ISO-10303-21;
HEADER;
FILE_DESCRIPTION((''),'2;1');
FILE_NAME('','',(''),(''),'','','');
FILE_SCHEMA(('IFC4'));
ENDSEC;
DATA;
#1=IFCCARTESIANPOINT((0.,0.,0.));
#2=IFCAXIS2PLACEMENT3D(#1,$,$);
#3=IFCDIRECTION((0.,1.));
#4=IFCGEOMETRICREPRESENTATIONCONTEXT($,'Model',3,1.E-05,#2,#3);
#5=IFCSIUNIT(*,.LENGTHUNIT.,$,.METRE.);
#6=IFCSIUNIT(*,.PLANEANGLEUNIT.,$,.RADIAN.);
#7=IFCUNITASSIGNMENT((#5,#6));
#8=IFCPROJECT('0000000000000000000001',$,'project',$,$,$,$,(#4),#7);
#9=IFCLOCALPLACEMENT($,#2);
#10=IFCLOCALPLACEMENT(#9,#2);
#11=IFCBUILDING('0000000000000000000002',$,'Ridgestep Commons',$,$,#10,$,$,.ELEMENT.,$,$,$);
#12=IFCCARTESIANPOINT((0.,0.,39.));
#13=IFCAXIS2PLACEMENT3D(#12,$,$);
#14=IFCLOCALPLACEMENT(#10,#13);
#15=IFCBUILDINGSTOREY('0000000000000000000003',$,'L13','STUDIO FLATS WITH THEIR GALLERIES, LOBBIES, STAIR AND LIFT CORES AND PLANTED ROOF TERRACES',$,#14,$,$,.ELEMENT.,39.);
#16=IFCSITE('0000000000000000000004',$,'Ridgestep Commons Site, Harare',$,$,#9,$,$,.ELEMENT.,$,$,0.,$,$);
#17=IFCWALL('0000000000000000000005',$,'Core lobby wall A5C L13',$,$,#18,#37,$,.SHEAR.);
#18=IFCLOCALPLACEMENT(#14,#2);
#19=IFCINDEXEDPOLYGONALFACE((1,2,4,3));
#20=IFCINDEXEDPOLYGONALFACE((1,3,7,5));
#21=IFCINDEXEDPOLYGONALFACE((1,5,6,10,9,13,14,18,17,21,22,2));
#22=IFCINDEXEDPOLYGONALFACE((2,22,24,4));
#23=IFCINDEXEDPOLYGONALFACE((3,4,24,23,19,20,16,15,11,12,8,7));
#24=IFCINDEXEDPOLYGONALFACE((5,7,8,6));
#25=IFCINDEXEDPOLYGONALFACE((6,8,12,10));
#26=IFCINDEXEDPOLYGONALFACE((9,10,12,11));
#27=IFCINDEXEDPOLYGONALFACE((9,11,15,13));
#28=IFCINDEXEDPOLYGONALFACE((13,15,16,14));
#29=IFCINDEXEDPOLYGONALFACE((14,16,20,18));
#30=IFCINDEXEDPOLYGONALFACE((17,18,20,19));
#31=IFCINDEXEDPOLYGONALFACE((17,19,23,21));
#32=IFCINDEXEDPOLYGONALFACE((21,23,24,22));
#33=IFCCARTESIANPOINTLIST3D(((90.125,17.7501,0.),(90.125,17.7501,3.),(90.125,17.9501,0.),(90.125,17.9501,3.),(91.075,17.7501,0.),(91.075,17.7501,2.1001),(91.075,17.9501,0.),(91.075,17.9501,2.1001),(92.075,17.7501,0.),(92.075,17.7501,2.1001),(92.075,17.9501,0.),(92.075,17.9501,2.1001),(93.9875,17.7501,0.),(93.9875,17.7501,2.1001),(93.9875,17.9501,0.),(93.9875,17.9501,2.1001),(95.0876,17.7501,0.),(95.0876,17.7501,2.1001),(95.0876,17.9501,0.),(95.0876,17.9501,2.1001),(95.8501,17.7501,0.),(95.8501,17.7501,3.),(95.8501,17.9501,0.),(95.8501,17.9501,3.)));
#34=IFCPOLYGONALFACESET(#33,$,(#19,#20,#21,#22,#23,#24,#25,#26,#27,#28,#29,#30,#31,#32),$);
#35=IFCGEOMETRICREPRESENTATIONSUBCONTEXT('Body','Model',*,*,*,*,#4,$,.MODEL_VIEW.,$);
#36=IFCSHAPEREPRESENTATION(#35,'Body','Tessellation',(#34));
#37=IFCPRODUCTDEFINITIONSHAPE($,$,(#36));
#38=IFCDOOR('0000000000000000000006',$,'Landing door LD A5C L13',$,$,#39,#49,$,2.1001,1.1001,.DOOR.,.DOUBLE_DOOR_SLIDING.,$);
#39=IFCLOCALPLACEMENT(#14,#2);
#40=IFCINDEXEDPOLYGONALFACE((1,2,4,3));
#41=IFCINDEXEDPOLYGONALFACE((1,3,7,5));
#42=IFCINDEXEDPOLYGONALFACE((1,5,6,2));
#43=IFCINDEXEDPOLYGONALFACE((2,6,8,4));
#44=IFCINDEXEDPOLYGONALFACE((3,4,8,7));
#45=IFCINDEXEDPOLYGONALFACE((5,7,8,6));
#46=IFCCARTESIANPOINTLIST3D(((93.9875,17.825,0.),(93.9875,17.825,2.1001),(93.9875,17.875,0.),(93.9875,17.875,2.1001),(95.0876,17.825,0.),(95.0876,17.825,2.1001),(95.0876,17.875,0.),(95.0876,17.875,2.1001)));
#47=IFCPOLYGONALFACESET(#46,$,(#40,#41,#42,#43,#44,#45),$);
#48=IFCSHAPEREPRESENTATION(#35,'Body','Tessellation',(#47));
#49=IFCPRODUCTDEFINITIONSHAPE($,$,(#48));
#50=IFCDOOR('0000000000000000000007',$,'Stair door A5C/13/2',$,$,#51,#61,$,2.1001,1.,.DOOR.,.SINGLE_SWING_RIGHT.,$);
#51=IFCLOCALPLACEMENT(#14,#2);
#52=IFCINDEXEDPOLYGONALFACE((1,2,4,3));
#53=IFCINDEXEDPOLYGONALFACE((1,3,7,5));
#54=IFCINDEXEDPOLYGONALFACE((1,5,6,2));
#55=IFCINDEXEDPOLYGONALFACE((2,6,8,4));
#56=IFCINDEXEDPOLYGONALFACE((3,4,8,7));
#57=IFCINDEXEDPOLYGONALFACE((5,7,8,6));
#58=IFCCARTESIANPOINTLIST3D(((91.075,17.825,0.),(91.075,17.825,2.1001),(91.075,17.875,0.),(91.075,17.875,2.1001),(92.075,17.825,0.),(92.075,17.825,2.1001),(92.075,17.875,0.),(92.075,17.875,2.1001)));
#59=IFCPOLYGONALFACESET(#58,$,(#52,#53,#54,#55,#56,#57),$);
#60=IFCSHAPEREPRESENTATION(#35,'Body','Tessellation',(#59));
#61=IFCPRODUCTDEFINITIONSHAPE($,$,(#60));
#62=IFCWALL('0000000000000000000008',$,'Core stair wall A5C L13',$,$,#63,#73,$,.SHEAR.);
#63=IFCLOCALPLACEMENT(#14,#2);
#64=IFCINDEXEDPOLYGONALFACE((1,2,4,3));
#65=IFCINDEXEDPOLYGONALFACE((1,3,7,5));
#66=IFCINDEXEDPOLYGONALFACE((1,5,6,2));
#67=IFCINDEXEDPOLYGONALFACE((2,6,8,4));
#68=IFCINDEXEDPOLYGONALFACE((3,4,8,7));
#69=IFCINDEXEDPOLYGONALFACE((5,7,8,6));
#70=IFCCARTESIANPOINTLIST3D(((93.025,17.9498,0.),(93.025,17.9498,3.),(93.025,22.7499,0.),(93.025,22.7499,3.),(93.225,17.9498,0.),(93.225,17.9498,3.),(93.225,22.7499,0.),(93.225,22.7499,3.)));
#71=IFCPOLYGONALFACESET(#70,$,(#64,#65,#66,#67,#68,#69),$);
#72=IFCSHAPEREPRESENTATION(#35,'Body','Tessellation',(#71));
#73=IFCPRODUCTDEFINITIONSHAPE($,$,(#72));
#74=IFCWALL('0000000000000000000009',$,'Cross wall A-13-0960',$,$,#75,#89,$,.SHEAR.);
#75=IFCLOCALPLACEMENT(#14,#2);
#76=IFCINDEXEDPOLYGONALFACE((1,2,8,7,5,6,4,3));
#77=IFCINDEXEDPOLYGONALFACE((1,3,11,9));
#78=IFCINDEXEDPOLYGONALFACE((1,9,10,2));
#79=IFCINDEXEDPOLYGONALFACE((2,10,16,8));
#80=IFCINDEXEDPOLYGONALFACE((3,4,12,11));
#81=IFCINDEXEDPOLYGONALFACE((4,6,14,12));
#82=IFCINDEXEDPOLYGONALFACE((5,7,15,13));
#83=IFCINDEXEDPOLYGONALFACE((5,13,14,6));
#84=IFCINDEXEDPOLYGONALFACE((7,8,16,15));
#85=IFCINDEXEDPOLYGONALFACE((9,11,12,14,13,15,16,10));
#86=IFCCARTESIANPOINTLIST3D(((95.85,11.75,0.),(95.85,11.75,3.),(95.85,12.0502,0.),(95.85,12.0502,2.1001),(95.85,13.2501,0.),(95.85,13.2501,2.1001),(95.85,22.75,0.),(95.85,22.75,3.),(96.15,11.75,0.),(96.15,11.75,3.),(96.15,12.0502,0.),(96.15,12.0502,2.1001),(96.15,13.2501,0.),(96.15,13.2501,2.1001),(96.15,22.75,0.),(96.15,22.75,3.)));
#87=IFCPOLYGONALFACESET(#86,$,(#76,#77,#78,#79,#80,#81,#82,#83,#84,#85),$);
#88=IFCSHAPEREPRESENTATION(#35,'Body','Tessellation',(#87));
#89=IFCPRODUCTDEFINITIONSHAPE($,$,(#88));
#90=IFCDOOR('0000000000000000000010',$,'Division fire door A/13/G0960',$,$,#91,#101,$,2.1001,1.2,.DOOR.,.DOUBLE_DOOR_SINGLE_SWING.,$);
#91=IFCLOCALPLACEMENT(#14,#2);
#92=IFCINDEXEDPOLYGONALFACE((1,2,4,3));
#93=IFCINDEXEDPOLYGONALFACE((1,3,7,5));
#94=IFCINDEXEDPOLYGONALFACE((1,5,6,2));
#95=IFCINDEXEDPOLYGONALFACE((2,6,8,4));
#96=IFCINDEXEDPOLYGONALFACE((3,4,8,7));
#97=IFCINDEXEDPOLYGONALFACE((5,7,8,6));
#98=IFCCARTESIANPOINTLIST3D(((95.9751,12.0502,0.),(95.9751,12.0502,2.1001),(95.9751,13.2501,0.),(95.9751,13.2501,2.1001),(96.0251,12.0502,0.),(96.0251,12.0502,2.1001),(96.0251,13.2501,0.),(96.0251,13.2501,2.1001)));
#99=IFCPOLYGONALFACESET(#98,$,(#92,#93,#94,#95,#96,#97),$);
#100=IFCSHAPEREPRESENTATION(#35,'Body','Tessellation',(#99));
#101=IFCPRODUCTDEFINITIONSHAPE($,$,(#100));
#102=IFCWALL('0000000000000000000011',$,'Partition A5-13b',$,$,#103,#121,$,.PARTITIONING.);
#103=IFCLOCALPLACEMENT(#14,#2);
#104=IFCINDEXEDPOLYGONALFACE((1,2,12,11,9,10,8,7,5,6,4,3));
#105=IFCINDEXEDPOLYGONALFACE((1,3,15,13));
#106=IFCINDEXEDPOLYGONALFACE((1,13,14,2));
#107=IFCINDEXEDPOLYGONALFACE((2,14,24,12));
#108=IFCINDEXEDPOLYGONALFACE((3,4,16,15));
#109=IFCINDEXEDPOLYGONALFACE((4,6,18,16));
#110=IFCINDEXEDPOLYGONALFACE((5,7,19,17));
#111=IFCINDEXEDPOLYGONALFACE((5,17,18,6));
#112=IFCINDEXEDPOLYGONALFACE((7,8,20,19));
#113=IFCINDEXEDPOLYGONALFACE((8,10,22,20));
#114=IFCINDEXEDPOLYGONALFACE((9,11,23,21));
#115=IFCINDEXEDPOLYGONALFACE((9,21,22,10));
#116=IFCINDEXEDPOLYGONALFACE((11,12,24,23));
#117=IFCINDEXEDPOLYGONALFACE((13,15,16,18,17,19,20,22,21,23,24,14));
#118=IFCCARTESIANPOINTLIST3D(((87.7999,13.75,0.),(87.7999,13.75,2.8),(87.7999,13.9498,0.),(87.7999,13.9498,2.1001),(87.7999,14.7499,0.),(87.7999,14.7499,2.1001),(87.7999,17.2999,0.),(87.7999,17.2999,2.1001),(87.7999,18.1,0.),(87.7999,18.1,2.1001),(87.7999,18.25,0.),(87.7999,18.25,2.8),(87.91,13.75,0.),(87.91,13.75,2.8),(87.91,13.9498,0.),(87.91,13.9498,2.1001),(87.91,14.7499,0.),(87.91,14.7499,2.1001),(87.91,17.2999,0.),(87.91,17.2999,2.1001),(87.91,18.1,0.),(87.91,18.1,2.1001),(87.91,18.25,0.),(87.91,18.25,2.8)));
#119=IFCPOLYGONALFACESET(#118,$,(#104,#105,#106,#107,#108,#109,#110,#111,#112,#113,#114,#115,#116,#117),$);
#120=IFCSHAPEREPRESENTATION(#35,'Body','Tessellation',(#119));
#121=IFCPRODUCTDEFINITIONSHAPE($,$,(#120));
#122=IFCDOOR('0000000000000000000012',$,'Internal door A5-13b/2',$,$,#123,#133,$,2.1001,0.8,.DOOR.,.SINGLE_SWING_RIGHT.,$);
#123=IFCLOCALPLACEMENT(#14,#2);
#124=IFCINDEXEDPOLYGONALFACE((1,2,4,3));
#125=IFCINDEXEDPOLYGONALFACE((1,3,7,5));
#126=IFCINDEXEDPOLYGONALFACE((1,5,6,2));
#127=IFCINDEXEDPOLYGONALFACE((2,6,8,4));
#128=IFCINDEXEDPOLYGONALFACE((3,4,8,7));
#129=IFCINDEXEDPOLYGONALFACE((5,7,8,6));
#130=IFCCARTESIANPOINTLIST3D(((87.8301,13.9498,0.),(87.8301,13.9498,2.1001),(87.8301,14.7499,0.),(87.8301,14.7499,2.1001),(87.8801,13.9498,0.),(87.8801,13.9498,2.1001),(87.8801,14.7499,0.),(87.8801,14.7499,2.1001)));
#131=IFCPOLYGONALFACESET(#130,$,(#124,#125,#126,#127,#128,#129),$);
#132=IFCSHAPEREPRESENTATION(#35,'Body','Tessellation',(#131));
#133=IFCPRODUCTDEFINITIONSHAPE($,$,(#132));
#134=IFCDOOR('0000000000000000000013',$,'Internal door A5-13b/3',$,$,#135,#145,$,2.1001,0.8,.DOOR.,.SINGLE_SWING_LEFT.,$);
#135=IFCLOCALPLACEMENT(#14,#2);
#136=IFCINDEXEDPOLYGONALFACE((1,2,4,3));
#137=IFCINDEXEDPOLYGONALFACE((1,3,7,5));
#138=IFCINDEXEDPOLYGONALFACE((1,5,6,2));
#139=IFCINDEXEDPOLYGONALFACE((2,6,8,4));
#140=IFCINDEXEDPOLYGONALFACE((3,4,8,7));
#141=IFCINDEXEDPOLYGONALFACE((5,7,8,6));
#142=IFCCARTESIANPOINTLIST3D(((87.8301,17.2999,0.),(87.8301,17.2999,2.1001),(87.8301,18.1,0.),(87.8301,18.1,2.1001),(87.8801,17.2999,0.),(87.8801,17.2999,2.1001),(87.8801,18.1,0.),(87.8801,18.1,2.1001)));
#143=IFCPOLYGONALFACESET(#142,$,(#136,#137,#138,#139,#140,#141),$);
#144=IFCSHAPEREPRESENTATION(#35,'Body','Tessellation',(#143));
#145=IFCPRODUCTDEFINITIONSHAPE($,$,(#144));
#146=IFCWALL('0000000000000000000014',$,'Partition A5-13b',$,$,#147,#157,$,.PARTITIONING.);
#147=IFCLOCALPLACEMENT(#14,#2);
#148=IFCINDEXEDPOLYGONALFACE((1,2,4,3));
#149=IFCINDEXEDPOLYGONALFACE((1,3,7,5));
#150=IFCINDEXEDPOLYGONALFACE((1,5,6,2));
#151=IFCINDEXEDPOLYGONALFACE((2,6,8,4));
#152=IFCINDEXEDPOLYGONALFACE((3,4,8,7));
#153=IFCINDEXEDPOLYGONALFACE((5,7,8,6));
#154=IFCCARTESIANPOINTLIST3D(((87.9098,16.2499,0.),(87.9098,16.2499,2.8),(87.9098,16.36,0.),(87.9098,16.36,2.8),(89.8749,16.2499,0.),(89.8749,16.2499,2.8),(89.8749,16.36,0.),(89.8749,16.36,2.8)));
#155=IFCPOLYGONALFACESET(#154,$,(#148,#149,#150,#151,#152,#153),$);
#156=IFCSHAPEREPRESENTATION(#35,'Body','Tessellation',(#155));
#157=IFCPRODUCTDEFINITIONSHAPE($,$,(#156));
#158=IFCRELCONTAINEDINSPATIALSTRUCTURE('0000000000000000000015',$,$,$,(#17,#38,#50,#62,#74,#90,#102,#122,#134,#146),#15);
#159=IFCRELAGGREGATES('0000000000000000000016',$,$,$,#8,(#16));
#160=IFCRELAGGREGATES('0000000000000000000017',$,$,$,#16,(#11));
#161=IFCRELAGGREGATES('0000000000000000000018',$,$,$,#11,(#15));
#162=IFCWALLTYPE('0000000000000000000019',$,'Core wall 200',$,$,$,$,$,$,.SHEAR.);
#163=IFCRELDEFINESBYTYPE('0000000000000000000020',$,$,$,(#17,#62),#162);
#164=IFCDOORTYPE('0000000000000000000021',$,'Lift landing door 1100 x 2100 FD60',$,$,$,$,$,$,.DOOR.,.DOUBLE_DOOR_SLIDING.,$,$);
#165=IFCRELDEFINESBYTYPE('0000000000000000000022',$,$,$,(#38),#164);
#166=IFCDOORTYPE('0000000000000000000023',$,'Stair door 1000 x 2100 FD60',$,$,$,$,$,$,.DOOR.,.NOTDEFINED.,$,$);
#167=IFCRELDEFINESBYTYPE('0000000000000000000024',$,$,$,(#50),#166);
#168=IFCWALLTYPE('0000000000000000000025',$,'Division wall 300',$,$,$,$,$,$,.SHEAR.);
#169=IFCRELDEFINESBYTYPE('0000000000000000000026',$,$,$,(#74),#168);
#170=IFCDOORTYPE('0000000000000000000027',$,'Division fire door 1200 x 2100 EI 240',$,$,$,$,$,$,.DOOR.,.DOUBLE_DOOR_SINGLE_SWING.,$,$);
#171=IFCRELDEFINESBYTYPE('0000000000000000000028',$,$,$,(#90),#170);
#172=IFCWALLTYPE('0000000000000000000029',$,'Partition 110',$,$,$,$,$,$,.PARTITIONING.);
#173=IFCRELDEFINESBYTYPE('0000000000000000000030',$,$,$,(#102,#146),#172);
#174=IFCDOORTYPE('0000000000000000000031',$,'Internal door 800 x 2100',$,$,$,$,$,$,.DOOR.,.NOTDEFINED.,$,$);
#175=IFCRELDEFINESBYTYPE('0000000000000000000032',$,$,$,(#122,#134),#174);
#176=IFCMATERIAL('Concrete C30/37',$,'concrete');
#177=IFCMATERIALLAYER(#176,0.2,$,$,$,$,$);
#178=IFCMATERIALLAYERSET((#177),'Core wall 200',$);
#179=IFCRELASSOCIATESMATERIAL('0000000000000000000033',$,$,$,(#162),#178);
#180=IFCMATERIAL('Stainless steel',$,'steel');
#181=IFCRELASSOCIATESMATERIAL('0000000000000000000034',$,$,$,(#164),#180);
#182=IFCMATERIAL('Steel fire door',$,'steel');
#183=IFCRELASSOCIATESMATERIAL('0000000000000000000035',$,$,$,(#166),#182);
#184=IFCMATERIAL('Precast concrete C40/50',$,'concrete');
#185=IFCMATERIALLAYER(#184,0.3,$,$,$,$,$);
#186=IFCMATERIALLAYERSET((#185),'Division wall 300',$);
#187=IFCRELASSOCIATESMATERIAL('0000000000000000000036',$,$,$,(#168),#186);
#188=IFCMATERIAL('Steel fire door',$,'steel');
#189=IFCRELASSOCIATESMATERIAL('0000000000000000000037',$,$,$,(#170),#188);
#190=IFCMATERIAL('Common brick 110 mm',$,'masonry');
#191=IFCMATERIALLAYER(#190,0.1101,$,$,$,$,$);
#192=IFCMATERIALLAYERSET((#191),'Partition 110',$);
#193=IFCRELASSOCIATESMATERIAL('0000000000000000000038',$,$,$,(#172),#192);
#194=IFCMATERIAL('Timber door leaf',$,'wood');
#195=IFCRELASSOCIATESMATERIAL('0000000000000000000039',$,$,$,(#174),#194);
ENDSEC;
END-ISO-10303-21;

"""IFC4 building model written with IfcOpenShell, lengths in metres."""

from ifc_helpers import new_model, si_unit, direction, frame, frame_2d, origin, place, context, subcontext, project, spatial, rectangle, extrude, material, layer, layer_set, type_object, element, fill, save


model = new_model("IFC4")

# Units and contexts
model_context = context("Model", 3, precision=1e-05, world=origin(), true_north=direction((0.0, 1.0)))
body_context = subcontext(model_context, "Body", "Model", "MODEL_VIEW")
ifc_project = project(units=[si_unit("LENGTHUNIT", "METRE"), si_unit("PLANEANGLEUNIT", "RADIAN")], contexts=[model_context])

# Site, building, storey
site_placement = place(None, origin())
site = spatial("IfcSite", under=ifc_project, at=site_placement, Name="Ridgestep Commons Site, Harare", CompositionType="ELEMENT", RefElevation=0.0)
building_placement = place(site_placement, origin())
building = spatial("IfcBuilding", under=site, at=building_placement, Name="Ridgestep Commons", CompositionType="ELEMENT")
storey_placement = place(building_placement, frame((0.0, 0.0, 39.0)))
storey = spatial("IfcBuildingStorey", under=building, at=storey_placement, Name="L13", Description="STUDIO FLATS WITH THEIR GALLERIES, LOBBIES, STAIR AND LIFT CORES AND PLANTED ROOF TERRACES", CompositionType="ELEMENT", Elevation=39.0)

# Wall, openings, doors
ifc_material_1 = material(Name="Concrete C30/37", Category="concrete")
ifc_layer_1 = layer(ifc_material_1, 0.2)
ifc_layer_set_1 = layer_set([ifc_layer_1], Name="Core wall 200")
wall_type_1 = type_object("IfcWallType", Name="Core wall 200", PredefinedType="SHEAR", material=ifc_layer_set_1)
wall_1_placement = place(storey_placement, frame((90.125, 17.8501, 0.0), z_axis=(0.0, 0.0, 1.0), x_axis=(1.0, 0.0, 0.0)))
wall_1 = element("IfcWall", 1, at=wall_1_placement, inside=storey, type_object=wall_type_1, Name="Core lobby wall A5C L13", PredefinedType="SHEAR", context=body_context, shape_type="SweptSolid", body=[
    extrude(rectangle(XDim=5.7251, YDim=0.2, at=frame_2d((2.8625, 0.0))), origin(), (0.0, 0.0, 1.0), 3.0),
])
opening_1_placement = place(wall_1_placement, frame((0.95, 0.0, 0.0)))
opening_1 = element("IfcOpeningElement", 2, at=opening_1_placement, cuts=wall_1, PredefinedType="OPENING", context=body_context, shape_type="SweptSolid", body=[
    extrude(rectangle(XDim=1.0, YDim=2.1001, at=frame_2d((0.5, 1.05))), frame((0.0, 0.1099, 0.0), z_axis=(0.0, -1.0, 0.0), x_axis=(1.0, 0.0, 0.0)), (0.0, 0.0, 1.0), 0.22),
])
opening_2_placement = place(wall_1_placement, frame((3.8625, 0.0, 0.0)))
opening_2 = element("IfcOpeningElement", 3, at=opening_2_placement, cuts=wall_1, PredefinedType="OPENING", context=body_context, shape_type="SweptSolid", body=[
    extrude(rectangle(XDim=1.1001, YDim=2.1001, at=frame_2d((0.55, 1.05))), frame((0.0, 0.1099, 0.0), z_axis=(0.0, -1.0, 0.0), x_axis=(1.0, 0.0, 0.0)), (0.0, 0.0, 1.0), 0.22),
])
ifc_material_2 = material(Name="Stainless steel", Category="steel")
door_type_1 = type_object("IfcDoorType", Name="Lift landing door 1100 x 2100 FD60", OperationType="DOUBLE_DOOR_SLIDING", PredefinedType="DOOR", material=ifc_material_2)
door_1_placement = place(opening_2_placement, origin())
door_1 = element("IfcDoor", 4, at=door_1_placement, inside=storey, type_object=door_type_1, Name="Landing door LD A5C L13", OperationType="DOUBLE_DOOR_SLIDING", OverallHeight=2.1001, OverallWidth=1.1001, PredefinedType="DOOR", context=body_context, shape_type="SweptSolid", body=[
    extrude(rectangle(XDim=1.1001, YDim=2.1001, at=frame_2d((0.55, 1.05))), frame((0.0, 0.0249, 0.0), z_axis=(0.0, -1.0, 0.0), x_axis=(1.0, 0.0, 0.0)), (0.0, 0.0, 1.0), 0.05),
])
fill(opening_2, door_1)
ifc_material_3 = material(Name="Steel fire door", Category="steel")
door_type_2 = type_object("IfcDoorType", Name="Stair door 1000 x 2100 FD60", OperationType="NOTDEFINED", PredefinedType="DOOR", material=ifc_material_3)
door_2_placement = place(opening_1_placement, origin())
door_2 = element("IfcDoor", 5, at=door_2_placement, inside=storey, type_object=door_type_2, Name="Stair door A5C/13/2", OperationType="SINGLE_SWING_RIGHT", OverallHeight=2.1001, OverallWidth=1.0, PredefinedType="DOOR", context=body_context, shape_type="SweptSolid", body=[
    extrude(rectangle(XDim=1.0, YDim=2.1001, at=frame_2d((0.5, 1.05))), frame((0.0, 0.0249, 0.0), z_axis=(0.0, -1.0, 0.0), x_axis=(1.0, 0.0, 0.0)), (0.0, 0.0, 1.0), 0.05),
])
fill(opening_1, door_2)

# Wall
wall_2_placement = place(storey_placement, frame((93.125, 17.95, 0.0), z_axis=(0.0, 0.0, 1.0), x_axis=(0.0, 1.0, 0.0)))
element("IfcWall", 6, at=wall_2_placement, inside=storey, type_object=wall_type_1, Name="Core stair wall A5C L13", PredefinedType="SHEAR", context=body_context, shape_type="SweptSolid", body=[
    extrude(rectangle(XDim=4.8, YDim=0.2, at=frame_2d((2.3999, 0.0))), origin(), (0.0, 0.0, 1.0), 3.0),
])

# Wall, opening, door
ifc_material_4 = material(Name="Precast concrete C40/50", Category="concrete")
ifc_layer_2 = layer(ifc_material_4, 0.3)
ifc_layer_set_2 = layer_set([ifc_layer_2], Name="Division wall 300")
wall_type_2 = type_object("IfcWallType", Name="Division wall 300", PredefinedType="SHEAR", material=ifc_layer_set_2)
wall_3_placement = place(storey_placement, frame((96.0, 11.75, 0.0), z_axis=(0.0, 0.0, 1.0), x_axis=(0.0, 1.0, 0.0)))
wall_3 = element("IfcWall", 7, at=wall_3_placement, inside=storey, type_object=wall_type_2, Name="Cross wall A-13-0960", PredefinedType="SHEAR", context=body_context, shape_type="SweptSolid", body=[
    extrude(rectangle(XDim=11.0, YDim=0.3, at=frame_2d((5.5, 0.0))), origin(), (0.0, 0.0, 1.0), 3.0),
])
opening_3_placement = place(wall_3_placement, frame((0.3, 0.0, 0.0)))
opening_3 = element("IfcOpeningElement", 8, at=opening_3_placement, cuts=wall_3, PredefinedType="OPENING", context=body_context, shape_type="SweptSolid", body=[
    extrude(rectangle(XDim=1.2, YDim=2.1001, at=frame_2d((0.6001, 1.05))), frame((0.0, 0.1599, 0.0), z_axis=(0.0, -1.0, 0.0), x_axis=(1.0, 0.0, 0.0)), (0.0, 0.0, 1.0), 0.3201),
])
ifc_material_5 = material(Name="Steel fire door", Category="steel")
door_type_3 = type_object("IfcDoorType", Name="Division fire door 1200 x 2100 EI 240", OperationType="DOUBLE_DOOR_SINGLE_SWING", PredefinedType="DOOR", material=ifc_material_5)
door_3_placement = place(opening_3_placement, origin())
door_3 = element("IfcDoor", 9, at=door_3_placement, inside=storey, type_object=door_type_3, Name="Division fire door A/13/G0960", OperationType="DOUBLE_DOOR_SINGLE_SWING", OverallHeight=2.1001, OverallWidth=1.2, PredefinedType="DOOR", context=body_context, shape_type="SweptSolid", body=[
    extrude(rectangle(XDim=1.2, YDim=2.1001, at=frame_2d((0.6001, 1.05))), frame((0.0, 0.0249, 0.0), z_axis=(0.0, -1.0, 0.0), x_axis=(1.0, 0.0, 0.0)), (0.0, 0.0, 1.0), 0.05),
])
fill(opening_3, door_3)

# Wall, openings, doors
ifc_material_6 = material(Name="Common brick 110 mm", Category="masonry")
ifc_layer_3 = layer(ifc_material_6, 0.1101)
ifc_layer_set_3 = layer_set([ifc_layer_3], Name="Partition 110")
wall_type_3 = type_object("IfcWallType", Name="Partition 110", PredefinedType="PARTITIONING", material=ifc_layer_set_3)
wall_4_placement = place(storey_placement, frame((87.855, 13.75, 0.0), z_axis=(0.0, 0.0, 1.0), x_axis=(0.0, 1.0, 0.0)))
wall_4 = element("IfcWall", 10, at=wall_4_placement, inside=storey, type_object=wall_type_3, Name="Partition A5-13b", PredefinedType="PARTITIONING", context=body_context, shape_type="SweptSolid", body=[
    extrude(rectangle(XDim=4.5, YDim=0.1101, at=frame_2d((2.25, 0.0))), origin(), (0.0, 0.0, 1.0), 2.8),
])
opening_4_placement = place(wall_4_placement, frame((0.2, 0.0, 0.0)))
opening_4 = element("IfcOpeningElement", 11, at=opening_4_placement, cuts=wall_4, PredefinedType="OPENING", context=body_context, shape_type="SweptSolid", body=[
    extrude(rectangle(XDim=0.8, YDim=2.1001, at=frame_2d((0.3999, 1.05))), frame((0.0, 0.0649, 0.0), z_axis=(0.0, -1.0, 0.0), x_axis=(1.0, 0.0, 0.0)), (0.0, 0.0, 1.0), 0.1301),
])
opening_5_placement = place(wall_4_placement, frame((3.55, 0.0, 0.0)))
opening_5 = element("IfcOpeningElement", 12, at=opening_5_placement, cuts=wall_4, PredefinedType="OPENING", context=body_context, shape_type="SweptSolid", body=[
    extrude(rectangle(XDim=0.8, YDim=2.1001, at=frame_2d((0.3999, 1.05))), frame((0.0, 0.0649, 0.0), z_axis=(0.0, -1.0, 0.0), x_axis=(1.0, 0.0, 0.0)), (0.0, 0.0, 1.0), 0.1301),
])
ifc_material_7 = material(Name="Timber door leaf", Category="wood")
door_type_4 = type_object("IfcDoorType", Name="Internal door 800 x 2100", OperationType="NOTDEFINED", PredefinedType="DOOR", material=ifc_material_7)
door_4_placement = place(opening_4_placement, origin())
door_4 = element("IfcDoor", 13, at=door_4_placement, inside=storey, type_object=door_type_4, Name="Internal door A5-13b/2", OperationType="SINGLE_SWING_RIGHT", OverallHeight=2.1001, OverallWidth=0.8, PredefinedType="DOOR", context=body_context, shape_type="SweptSolid", body=[
    extrude(rectangle(XDim=0.8, YDim=2.1001, at=frame_2d((0.3999, 1.05))), frame((0.0, 0.0249, 0.0), z_axis=(0.0, -1.0, 0.0), x_axis=(1.0, 0.0, 0.0)), (0.0, 0.0, 1.0), 0.05),
])
fill(opening_4, door_4)
door_5_placement = place(opening_5_placement, origin())
door_5 = element("IfcDoor", 14, at=door_5_placement, inside=storey, type_object=door_type_4, Name="Internal door A5-13b/3", OperationType="SINGLE_SWING_LEFT", OverallHeight=2.1001, OverallWidth=0.8, PredefinedType="DOOR", context=body_context, shape_type="SweptSolid", body=[
    extrude(rectangle(XDim=0.8, YDim=2.1001, at=frame_2d((0.3999, 1.05))), frame((0.0, 0.0249, 0.0), z_axis=(0.0, -1.0, 0.0), x_axis=(1.0, 0.0, 0.0)), (0.0, 0.0, 1.0), 0.05),
])
fill(opening_5, door_5)

# Wall
wall_5_placement = place(storey_placement, frame((87.9099, 16.3049, 0.0), z_axis=(0.0, 0.0, 1.0), x_axis=(1.0, 0.0, 0.0)))
element("IfcWall", 15, at=wall_5_placement, inside=storey, type_object=wall_type_3, Name="Partition A5-13b", PredefinedType="PARTITIONING", context=body_context, shape_type="SweptSolid", body=[
    extrude(rectangle(XDim=1.9651, YDim=0.1101, at=frame_2d((0.9824, 0.0))), origin(), (0.0, 0.0, 1.0), 2.8),
])

save(model, "model.ifc")
